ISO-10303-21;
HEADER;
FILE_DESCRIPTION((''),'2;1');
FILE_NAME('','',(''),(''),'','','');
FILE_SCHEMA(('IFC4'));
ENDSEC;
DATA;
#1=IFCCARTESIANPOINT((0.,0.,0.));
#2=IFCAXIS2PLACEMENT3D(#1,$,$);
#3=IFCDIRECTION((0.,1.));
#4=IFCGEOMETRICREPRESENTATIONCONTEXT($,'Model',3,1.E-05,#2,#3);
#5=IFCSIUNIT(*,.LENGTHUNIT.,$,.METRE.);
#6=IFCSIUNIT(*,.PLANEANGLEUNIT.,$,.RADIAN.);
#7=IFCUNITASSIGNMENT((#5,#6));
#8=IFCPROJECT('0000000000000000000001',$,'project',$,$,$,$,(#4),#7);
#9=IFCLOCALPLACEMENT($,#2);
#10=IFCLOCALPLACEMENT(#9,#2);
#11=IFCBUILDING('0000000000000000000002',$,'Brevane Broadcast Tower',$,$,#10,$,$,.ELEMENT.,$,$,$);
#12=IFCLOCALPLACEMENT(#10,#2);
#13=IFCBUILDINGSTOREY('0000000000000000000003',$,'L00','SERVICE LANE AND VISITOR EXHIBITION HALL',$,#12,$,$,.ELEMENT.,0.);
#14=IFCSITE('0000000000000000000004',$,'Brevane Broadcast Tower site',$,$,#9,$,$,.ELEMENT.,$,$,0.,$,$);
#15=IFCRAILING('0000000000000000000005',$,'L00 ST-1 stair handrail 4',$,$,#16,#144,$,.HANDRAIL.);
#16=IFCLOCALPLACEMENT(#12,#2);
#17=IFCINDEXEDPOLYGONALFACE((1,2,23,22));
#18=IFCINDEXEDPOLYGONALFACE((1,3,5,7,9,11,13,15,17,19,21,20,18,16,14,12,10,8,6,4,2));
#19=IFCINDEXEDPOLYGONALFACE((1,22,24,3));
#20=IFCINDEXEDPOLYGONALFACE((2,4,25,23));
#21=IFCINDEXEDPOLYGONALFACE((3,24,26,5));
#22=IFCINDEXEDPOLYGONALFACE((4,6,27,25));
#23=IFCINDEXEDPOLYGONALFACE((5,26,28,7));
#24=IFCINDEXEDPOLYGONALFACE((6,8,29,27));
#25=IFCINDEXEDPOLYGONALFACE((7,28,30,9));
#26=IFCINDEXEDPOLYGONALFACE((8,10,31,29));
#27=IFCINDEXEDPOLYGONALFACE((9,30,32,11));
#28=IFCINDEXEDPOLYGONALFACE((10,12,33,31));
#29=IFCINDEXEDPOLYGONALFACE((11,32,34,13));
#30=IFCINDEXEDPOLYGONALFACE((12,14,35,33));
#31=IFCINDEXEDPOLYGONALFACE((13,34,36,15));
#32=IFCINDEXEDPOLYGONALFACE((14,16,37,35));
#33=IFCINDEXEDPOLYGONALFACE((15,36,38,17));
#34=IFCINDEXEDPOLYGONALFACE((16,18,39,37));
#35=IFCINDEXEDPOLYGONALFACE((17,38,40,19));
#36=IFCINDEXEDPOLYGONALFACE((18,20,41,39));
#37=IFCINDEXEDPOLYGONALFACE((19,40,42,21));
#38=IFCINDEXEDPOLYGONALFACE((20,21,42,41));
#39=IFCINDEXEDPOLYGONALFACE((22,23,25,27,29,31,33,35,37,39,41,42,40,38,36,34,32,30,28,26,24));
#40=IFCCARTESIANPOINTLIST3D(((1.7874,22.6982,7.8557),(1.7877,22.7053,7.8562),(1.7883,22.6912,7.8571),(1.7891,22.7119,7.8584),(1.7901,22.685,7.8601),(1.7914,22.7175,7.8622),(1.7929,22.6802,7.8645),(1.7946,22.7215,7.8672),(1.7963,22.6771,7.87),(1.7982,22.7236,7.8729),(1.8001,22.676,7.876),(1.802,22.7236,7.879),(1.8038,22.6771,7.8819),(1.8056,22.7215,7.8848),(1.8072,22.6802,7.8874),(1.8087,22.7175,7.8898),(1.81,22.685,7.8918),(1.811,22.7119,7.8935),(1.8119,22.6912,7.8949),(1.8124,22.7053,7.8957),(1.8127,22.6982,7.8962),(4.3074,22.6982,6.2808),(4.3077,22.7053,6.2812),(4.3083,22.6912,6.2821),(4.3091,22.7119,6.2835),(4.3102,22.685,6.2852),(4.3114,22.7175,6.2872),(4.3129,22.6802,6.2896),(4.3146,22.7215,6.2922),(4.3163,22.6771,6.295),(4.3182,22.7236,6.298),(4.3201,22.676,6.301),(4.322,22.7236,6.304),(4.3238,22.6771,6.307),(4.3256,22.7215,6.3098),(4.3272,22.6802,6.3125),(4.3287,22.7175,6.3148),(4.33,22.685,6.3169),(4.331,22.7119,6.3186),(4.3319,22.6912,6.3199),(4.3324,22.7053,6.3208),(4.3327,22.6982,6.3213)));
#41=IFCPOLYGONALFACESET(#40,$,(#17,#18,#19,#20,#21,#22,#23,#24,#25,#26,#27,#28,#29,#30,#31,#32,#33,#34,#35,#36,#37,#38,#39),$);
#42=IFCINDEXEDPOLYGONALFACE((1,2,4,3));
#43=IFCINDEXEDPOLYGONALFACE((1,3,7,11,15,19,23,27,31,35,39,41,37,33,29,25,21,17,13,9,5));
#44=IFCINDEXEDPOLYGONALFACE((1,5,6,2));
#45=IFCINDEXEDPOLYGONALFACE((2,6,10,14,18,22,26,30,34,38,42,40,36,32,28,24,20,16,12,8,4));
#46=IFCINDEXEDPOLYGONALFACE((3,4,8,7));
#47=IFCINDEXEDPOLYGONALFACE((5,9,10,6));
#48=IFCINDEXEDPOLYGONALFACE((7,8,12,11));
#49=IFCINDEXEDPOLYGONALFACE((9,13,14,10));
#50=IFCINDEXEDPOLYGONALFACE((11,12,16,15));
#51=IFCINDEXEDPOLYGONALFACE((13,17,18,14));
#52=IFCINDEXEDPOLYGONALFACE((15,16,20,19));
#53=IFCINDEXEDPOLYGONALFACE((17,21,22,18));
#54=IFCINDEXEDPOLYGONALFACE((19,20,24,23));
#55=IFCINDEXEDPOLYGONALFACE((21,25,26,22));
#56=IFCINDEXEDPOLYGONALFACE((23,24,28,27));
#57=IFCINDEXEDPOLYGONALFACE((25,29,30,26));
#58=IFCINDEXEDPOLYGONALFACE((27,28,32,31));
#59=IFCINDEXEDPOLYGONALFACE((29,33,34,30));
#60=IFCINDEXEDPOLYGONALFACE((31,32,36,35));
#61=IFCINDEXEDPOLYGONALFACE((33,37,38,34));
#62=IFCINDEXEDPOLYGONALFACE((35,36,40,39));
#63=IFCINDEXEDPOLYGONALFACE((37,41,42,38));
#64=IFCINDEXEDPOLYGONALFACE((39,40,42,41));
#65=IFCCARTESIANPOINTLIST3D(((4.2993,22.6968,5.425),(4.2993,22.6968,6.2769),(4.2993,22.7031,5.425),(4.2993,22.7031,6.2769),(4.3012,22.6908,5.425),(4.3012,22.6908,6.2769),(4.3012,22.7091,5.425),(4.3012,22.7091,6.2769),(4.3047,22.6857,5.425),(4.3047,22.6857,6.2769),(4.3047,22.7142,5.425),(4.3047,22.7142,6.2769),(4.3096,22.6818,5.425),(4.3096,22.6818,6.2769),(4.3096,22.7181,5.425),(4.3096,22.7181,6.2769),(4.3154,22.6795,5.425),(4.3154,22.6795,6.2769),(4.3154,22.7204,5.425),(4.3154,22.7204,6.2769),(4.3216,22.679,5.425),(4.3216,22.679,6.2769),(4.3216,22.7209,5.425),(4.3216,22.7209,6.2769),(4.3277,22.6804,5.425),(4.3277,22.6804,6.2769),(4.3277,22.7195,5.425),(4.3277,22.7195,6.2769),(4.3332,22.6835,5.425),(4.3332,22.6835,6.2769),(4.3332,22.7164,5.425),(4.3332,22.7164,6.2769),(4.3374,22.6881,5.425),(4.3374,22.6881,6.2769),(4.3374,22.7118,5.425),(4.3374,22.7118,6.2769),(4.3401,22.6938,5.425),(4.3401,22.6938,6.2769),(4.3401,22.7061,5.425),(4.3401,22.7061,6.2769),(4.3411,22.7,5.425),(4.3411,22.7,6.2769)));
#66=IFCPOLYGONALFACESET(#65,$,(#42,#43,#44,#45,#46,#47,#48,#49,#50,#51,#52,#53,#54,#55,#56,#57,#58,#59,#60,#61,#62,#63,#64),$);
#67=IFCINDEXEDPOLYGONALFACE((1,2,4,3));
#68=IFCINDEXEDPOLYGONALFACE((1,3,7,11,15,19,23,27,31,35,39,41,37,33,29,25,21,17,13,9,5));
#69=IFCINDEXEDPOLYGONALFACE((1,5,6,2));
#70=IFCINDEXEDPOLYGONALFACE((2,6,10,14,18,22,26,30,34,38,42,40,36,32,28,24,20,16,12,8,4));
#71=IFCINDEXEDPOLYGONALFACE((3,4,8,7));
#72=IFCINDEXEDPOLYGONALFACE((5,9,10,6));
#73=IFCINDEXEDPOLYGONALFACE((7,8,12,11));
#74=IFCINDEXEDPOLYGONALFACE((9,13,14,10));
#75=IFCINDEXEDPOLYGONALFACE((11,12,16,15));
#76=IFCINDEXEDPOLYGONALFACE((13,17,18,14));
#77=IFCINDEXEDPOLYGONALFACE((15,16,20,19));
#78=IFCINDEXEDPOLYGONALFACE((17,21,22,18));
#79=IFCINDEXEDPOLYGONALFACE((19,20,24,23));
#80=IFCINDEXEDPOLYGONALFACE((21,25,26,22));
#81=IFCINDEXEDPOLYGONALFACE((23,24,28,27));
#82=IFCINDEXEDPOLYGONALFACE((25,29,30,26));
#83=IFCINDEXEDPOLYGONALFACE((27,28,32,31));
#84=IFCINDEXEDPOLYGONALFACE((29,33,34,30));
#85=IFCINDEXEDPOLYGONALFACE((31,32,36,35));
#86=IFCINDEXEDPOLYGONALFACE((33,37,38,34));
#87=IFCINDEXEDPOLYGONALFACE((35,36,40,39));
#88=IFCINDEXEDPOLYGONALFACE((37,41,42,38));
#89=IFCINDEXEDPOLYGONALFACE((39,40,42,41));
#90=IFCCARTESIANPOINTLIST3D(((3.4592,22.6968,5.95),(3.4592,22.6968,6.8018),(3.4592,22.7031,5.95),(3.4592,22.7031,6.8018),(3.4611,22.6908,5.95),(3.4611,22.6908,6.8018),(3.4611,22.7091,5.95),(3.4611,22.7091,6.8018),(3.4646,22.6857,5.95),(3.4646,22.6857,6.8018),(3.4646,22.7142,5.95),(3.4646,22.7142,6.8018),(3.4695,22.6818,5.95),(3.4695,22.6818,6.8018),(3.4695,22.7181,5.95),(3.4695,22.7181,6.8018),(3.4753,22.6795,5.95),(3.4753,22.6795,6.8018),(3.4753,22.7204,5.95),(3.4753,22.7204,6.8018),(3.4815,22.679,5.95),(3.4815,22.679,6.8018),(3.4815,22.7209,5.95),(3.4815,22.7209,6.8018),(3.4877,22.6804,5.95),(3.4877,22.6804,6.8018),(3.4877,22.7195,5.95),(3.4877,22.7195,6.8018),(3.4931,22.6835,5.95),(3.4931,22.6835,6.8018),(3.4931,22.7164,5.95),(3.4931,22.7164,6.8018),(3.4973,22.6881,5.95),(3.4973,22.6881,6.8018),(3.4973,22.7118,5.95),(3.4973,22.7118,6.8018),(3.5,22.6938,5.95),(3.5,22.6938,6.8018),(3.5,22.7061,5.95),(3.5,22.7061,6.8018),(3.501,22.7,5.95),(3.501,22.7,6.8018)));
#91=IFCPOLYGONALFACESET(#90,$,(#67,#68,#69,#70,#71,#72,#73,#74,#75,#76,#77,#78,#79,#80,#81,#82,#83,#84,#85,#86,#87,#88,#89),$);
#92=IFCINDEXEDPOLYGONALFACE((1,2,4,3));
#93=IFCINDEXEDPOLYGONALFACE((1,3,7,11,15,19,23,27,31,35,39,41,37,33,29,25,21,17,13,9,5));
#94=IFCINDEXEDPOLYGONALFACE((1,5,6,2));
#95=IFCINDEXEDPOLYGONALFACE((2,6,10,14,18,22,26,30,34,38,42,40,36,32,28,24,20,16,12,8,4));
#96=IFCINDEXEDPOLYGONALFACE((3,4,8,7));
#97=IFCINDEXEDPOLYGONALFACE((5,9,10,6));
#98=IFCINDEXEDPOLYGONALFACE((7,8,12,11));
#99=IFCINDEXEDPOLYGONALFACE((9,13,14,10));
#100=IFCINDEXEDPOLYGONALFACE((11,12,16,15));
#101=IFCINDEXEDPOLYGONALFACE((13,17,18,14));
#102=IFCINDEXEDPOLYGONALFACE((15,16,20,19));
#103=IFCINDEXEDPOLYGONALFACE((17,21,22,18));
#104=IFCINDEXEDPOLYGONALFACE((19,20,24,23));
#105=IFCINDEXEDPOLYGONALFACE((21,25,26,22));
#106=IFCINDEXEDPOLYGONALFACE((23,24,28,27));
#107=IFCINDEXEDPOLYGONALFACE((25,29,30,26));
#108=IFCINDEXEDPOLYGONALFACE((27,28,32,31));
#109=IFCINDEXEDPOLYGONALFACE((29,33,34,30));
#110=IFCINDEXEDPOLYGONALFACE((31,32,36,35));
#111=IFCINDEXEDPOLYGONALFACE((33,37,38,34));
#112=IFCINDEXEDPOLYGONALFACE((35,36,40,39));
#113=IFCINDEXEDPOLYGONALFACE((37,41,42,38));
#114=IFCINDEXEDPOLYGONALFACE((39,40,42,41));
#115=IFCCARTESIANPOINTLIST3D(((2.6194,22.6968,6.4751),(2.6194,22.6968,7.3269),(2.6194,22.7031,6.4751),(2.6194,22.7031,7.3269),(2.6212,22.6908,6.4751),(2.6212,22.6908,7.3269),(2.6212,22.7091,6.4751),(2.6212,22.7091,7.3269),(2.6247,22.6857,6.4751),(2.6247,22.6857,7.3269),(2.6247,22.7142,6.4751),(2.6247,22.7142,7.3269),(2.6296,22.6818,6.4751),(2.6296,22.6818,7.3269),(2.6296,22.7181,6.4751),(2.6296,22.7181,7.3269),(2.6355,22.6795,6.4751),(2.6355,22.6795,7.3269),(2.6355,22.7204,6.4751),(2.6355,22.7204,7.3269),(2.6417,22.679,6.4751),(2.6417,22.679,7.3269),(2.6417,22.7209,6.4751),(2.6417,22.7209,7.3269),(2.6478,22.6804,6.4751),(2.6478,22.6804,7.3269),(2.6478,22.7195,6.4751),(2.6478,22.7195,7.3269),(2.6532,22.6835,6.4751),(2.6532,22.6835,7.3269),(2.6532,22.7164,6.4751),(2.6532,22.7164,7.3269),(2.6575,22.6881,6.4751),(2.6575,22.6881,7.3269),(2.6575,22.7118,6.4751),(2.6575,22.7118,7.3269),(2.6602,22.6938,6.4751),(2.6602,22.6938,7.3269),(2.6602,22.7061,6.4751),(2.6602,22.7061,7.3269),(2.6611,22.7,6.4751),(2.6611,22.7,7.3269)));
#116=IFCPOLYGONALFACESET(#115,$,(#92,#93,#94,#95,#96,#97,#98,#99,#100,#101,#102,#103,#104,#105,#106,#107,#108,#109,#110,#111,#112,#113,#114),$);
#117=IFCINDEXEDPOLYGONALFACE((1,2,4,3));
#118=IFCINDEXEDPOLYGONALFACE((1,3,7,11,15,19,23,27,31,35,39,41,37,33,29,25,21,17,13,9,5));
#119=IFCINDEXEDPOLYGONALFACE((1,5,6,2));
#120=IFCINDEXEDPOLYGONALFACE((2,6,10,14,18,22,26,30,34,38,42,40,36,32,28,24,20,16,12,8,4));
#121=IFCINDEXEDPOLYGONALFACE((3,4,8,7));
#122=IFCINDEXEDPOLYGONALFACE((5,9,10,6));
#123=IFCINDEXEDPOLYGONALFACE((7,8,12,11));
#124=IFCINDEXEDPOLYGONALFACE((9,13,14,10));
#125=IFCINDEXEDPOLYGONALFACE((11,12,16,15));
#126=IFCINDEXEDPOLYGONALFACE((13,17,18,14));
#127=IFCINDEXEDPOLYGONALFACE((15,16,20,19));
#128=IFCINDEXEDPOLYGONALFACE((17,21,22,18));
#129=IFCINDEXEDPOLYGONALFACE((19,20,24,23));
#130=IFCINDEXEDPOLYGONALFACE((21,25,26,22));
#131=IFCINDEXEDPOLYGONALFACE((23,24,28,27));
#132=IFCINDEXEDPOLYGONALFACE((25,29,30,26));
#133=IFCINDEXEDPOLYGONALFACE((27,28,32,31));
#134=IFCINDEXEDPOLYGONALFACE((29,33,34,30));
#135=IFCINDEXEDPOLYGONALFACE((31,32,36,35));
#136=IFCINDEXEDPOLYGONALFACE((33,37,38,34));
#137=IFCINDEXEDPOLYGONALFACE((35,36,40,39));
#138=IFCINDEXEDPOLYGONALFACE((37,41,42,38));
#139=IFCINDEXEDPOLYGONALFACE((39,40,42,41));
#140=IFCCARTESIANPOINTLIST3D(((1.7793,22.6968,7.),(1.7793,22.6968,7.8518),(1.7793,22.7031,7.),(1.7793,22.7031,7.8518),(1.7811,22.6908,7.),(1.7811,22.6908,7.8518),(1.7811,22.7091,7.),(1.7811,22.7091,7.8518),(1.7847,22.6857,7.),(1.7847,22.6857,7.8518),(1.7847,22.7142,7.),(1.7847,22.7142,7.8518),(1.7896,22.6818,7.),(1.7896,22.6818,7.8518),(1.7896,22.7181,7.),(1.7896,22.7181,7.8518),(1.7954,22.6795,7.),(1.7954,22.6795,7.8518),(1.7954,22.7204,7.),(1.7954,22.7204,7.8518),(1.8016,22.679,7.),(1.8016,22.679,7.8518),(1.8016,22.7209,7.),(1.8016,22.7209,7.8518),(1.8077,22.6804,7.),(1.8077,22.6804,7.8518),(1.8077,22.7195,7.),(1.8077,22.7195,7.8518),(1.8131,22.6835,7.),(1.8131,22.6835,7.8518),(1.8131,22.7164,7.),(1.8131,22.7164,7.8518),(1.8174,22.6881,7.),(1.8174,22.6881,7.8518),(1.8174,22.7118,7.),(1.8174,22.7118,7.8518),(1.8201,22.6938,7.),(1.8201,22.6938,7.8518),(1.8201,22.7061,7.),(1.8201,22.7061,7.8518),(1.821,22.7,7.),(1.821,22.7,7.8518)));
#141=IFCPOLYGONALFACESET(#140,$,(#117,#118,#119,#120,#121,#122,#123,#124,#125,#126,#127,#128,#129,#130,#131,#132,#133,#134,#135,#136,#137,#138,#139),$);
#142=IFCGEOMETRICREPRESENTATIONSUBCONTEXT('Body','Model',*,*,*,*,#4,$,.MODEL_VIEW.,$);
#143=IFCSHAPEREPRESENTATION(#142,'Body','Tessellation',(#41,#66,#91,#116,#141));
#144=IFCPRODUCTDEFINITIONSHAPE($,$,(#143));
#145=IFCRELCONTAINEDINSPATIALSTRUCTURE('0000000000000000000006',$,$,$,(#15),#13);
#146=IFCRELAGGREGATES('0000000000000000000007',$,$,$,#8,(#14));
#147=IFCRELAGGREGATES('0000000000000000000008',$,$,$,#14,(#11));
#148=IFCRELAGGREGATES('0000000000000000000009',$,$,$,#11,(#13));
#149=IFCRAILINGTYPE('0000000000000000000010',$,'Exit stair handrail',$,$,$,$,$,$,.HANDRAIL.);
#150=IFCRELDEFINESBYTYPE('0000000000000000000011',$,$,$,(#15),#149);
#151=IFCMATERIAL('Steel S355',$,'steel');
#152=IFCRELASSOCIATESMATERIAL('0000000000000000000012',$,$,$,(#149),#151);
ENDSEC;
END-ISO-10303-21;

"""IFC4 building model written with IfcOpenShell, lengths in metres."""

from ifc_helpers import new_model, si_unit, direction, frame, origin, origin_2d, place, context, subcontext, project, spatial, circle, extrude, material, type_object, element, save


model = new_model("IFC4")

# Units and contexts
model_context = context("Model", 3, precision=1e-05, world=origin(), true_north=direction((0.0, 1.0)))
body_context = subcontext(model_context, "Body", "Model", "MODEL_VIEW")
ifc_project = project(units=[si_unit("LENGTHUNIT", "METRE"), si_unit("PLANEANGLEUNIT", "RADIAN")], contexts=[model_context])

# Site, building, storey
site_placement = place(None, origin())
site = spatial("IfcSite", under=ifc_project, at=site_placement, Name="Brevane Broadcast Tower site", CompositionType="ELEMENT", RefElevation=0.0)
building_placement = place(site_placement, origin())
building = spatial("IfcBuilding", under=site, at=building_placement, Name="Brevane Broadcast Tower", CompositionType="ELEMENT")
storey_placement = place(building_placement, origin())
storey = spatial("IfcBuildingStorey", under=building, at=storey_placement, Name="L00", Description="SERVICE LANE AND VISITOR EXHIBITION HALL", CompositionType="ELEMENT", Elevation=0.0)

# Railing
ifc_material_1 = material(Name="Steel S355", Category="steel")
railing_type_1 = type_object("IfcRailingType", Name="Exit stair handrail", PredefinedType="HANDRAIL", material=ifc_material_1)
for number, where, name in (
    (1, (4.3201, 22.7, 5.425), "L00 ST-1 stair handrail 4"),
):
    element("IfcRailing", number, at=place(storey_placement, frame(where)), inside=storey, type_object=railing_type_1, Name=name, PredefinedType="HANDRAIL", context=body_context, shape_type="SweptSolid", body=[
        extrude(circle(Radius=0.0239, at=origin_2d()), frame((0.0, 0.0, 0.876), z_axis=(-0.848008, 0.0, 0.529984), x_axis=(0.0, -1.0, 0.0)), (0.0, 0.0, 1.0), 2.9717),
        extrude(circle(Radius=0.021, at=origin_2d()), origin(), (0.0, 0.0, 1.0), 0.8518),
        extrude(circle(Radius=0.021, at=origin_2d()), frame((-0.8401, 0.0, 0.5249)), (0.0, 0.0, 1.0), 0.8518),
        extrude(circle(Radius=0.021, at=origin_2d()), frame((-1.6799, 0.0, 1.05)), (0.0, 0.0, 1.0), 0.8518),
        extrude(circle(Radius=0.021, at=origin_2d()), frame((-2.52, 0.0, 1.575)), (0.0, 0.0, 1.0), 0.8518),
    ])

save(model, "model.ifc")
